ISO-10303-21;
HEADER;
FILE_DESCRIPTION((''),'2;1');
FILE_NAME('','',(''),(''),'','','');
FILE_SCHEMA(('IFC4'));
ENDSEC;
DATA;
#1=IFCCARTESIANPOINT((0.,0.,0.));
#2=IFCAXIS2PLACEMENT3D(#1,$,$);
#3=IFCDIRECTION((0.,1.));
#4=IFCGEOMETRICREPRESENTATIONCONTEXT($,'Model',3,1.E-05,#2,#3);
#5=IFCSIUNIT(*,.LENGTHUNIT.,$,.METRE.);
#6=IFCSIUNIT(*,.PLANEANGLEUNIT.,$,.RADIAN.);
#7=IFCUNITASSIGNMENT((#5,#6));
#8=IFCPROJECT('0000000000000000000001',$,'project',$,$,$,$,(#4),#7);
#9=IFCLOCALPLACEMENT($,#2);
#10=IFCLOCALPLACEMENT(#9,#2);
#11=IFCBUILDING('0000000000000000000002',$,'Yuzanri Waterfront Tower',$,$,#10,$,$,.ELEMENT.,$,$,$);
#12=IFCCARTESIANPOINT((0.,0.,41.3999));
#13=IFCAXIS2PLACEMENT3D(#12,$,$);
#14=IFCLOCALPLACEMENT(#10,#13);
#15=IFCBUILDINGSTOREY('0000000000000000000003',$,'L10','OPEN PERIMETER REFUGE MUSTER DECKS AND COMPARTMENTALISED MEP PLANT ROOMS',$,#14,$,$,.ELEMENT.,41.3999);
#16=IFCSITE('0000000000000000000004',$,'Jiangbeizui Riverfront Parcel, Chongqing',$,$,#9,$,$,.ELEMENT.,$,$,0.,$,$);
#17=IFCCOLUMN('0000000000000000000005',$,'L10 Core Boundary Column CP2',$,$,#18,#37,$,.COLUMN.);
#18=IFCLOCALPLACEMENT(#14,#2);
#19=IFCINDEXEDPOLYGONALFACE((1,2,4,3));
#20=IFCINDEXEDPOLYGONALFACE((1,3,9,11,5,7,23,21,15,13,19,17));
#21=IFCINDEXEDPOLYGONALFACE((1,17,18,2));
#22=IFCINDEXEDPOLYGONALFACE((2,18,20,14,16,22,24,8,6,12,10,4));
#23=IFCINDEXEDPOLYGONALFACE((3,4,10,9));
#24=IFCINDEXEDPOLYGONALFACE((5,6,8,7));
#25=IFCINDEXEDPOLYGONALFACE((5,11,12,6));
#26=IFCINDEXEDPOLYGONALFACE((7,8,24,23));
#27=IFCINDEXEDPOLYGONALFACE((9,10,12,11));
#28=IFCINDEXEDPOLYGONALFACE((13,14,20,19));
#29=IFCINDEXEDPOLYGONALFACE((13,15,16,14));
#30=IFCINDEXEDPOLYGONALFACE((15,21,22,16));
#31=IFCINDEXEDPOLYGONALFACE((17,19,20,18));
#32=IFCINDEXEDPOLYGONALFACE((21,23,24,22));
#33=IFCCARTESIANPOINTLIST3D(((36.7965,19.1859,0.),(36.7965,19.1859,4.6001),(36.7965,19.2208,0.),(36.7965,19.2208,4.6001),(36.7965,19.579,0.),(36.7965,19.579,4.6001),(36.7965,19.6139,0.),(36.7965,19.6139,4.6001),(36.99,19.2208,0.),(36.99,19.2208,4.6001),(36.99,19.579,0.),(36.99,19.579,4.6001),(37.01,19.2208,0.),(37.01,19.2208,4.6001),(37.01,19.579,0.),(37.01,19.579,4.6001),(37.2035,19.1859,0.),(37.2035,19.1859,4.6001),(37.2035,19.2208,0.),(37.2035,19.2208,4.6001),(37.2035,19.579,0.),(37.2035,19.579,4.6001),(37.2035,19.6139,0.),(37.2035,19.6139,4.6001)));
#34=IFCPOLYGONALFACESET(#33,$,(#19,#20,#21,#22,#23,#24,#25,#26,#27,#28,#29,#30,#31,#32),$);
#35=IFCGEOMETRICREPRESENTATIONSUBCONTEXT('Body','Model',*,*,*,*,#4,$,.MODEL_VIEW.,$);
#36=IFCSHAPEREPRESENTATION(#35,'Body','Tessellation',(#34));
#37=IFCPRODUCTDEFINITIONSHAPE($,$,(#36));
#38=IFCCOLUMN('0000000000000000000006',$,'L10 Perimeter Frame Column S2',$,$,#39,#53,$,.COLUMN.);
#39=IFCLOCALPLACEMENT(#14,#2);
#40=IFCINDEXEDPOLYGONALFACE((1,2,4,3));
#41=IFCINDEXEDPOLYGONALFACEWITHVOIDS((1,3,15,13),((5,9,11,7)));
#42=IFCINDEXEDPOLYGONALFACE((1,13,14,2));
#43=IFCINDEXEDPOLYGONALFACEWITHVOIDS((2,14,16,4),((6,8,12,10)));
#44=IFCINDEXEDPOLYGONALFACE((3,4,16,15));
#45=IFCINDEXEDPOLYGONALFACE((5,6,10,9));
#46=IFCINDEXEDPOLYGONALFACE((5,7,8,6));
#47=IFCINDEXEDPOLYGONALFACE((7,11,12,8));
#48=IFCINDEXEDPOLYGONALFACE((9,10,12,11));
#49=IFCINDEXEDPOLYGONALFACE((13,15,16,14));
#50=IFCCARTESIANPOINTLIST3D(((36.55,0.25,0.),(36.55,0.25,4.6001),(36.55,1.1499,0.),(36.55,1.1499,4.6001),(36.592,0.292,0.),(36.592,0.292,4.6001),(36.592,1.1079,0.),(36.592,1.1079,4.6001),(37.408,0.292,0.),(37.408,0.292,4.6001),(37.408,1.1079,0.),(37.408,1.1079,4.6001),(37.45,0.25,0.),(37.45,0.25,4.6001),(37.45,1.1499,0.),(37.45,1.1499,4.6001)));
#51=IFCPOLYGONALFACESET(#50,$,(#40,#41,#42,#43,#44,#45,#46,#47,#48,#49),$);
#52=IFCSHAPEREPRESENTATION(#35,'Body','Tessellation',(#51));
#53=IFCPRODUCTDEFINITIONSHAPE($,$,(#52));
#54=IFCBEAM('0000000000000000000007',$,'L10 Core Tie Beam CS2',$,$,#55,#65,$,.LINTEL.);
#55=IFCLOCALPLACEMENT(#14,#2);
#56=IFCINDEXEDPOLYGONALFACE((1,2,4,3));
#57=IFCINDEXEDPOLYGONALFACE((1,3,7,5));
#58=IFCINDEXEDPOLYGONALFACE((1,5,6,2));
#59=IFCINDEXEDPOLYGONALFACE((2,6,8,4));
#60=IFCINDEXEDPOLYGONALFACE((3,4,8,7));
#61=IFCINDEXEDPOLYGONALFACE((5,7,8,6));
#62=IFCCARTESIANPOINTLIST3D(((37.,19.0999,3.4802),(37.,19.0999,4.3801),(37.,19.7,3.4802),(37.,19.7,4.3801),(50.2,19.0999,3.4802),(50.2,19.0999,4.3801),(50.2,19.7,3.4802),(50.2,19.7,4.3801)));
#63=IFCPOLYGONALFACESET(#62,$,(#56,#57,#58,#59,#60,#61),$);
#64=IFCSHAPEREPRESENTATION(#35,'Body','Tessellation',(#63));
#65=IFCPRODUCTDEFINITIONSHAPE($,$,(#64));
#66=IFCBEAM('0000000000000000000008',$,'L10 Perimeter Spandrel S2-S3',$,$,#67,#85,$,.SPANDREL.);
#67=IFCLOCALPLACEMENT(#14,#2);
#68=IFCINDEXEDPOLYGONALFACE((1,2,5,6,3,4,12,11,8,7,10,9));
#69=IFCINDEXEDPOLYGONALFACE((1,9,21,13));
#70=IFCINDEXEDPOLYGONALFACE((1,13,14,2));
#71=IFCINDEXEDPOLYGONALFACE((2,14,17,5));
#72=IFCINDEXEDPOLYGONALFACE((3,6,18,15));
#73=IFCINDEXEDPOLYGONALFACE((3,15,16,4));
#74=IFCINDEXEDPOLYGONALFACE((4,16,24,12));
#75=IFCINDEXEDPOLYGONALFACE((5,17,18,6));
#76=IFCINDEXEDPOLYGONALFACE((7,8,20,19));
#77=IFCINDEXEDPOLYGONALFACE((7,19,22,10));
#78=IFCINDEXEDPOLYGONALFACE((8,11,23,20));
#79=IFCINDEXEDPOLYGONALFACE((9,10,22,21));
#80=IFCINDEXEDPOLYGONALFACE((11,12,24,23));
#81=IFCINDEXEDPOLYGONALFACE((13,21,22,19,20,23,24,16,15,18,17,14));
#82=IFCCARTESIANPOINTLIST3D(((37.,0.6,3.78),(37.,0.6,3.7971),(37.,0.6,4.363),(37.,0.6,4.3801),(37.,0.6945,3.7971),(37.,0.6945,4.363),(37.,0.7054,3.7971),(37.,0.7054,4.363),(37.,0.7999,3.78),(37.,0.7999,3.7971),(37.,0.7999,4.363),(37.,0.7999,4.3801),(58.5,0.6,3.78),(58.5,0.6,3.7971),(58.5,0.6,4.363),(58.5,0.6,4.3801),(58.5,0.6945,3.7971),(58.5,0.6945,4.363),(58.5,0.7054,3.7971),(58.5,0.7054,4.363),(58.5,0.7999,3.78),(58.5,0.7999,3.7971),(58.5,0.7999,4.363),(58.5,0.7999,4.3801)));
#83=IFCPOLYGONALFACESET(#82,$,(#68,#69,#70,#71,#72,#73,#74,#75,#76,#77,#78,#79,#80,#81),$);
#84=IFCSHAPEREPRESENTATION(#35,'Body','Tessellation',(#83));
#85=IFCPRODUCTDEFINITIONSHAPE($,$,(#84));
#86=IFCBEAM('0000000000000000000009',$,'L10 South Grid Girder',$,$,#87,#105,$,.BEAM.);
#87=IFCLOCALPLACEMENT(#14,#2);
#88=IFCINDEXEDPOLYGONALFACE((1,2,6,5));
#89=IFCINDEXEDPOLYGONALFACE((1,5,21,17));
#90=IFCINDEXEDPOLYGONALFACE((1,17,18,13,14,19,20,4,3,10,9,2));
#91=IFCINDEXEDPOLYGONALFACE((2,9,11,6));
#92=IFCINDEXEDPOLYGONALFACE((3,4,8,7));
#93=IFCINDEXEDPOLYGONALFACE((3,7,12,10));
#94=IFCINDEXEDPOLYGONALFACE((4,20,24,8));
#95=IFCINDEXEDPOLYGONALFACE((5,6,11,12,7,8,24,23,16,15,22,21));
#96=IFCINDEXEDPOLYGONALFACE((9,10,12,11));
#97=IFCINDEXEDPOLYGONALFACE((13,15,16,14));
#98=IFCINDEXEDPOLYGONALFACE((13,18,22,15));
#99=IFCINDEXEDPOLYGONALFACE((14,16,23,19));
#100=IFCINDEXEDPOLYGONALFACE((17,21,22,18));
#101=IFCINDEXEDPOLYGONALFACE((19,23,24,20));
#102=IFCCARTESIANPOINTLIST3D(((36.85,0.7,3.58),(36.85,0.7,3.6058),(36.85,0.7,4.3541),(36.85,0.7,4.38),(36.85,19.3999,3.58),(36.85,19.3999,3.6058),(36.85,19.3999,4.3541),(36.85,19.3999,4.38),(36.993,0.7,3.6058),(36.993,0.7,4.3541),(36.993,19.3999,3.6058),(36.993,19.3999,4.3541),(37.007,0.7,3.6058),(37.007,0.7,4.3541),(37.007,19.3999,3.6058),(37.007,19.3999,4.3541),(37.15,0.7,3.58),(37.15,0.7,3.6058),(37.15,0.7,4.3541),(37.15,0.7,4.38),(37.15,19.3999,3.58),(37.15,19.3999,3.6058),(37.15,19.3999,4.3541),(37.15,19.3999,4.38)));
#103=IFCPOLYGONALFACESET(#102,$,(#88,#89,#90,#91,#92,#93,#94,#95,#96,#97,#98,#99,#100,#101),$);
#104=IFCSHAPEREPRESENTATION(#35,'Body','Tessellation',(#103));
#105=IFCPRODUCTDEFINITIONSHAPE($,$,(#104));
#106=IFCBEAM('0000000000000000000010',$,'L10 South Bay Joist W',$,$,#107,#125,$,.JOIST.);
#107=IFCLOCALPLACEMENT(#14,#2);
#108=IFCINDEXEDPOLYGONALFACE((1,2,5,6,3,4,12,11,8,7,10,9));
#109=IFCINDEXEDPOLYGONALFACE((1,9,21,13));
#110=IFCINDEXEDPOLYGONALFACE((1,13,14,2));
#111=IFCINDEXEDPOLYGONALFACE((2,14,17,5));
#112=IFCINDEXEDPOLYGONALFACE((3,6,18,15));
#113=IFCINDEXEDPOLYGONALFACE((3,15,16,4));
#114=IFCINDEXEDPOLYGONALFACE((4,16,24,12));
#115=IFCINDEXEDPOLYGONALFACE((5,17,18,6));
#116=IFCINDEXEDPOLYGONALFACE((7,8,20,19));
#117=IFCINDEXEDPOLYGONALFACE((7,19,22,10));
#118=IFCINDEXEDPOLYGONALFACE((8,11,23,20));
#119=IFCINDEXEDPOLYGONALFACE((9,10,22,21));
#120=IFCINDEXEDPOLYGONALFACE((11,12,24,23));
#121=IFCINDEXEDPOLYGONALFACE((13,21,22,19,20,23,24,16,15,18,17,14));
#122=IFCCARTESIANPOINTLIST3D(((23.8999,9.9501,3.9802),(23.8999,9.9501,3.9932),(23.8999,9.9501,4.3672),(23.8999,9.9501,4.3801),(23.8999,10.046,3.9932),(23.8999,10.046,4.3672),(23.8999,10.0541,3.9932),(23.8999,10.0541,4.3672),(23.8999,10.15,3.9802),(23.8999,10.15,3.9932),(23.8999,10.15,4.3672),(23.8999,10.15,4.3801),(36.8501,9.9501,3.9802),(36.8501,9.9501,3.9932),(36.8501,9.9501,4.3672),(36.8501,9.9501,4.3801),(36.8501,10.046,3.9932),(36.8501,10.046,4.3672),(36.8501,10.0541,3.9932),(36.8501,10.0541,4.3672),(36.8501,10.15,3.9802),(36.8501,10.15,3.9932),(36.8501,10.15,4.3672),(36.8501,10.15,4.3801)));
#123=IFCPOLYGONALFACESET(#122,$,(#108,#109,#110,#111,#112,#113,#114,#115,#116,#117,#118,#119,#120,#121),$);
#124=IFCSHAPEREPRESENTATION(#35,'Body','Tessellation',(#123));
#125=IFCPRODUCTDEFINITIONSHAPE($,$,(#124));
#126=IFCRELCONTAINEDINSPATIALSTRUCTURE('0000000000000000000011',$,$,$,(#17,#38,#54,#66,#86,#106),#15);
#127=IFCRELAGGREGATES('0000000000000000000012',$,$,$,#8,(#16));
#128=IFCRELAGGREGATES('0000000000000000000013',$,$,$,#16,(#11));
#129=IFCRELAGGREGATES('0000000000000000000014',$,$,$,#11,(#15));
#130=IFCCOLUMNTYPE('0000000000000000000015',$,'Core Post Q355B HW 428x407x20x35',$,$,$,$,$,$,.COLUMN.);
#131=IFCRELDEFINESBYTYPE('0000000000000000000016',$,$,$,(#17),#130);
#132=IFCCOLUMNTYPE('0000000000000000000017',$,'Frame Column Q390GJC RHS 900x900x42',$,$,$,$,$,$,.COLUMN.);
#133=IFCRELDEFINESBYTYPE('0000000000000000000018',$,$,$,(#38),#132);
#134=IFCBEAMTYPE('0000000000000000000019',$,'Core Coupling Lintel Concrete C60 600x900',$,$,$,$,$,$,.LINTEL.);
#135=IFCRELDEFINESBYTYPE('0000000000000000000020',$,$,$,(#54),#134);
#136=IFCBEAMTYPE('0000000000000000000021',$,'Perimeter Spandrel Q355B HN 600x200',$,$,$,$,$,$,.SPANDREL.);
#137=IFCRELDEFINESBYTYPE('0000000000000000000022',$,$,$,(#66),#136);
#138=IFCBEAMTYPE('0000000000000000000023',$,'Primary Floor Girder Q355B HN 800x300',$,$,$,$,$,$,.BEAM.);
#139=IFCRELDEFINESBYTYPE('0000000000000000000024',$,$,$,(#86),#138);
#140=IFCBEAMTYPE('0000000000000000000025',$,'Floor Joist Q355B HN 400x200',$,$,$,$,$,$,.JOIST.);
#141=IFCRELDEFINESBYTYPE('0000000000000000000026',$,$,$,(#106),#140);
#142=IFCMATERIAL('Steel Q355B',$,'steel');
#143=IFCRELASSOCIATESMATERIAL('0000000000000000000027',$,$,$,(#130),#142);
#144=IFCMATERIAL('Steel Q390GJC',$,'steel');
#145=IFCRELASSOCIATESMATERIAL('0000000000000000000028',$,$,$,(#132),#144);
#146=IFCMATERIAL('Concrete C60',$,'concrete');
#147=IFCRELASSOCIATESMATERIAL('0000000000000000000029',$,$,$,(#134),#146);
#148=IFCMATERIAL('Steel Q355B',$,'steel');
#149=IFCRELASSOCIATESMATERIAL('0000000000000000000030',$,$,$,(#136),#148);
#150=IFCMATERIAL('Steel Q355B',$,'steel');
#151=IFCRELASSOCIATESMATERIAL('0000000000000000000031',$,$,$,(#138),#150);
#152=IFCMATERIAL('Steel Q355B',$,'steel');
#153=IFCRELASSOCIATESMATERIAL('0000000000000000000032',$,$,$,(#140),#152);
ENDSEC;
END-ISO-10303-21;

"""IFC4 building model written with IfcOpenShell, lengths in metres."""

from ifc_helpers import new_model, si_unit, direction, frame, origin, origin_2d, place, context, subcontext, project, spatial, rectangle, hollow_rectangle, i_section, extrude, source, transform, mapped, material, material_profile, profile_set, type_object, element, save


model = new_model("IFC4")

# Units and contexts
model_context = context("Model", 3, precision=1e-05, world=origin(), true_north=direction((0.0, 1.0)))
body_context = subcontext(model_context, "Body", "Model", "MODEL_VIEW")
ifc_project = project(units=[si_unit("LENGTHUNIT", "METRE"), si_unit("PLANEANGLEUNIT", "RADIAN")], contexts=[model_context])

# Site, building, storey
site_placement = place(None, origin())
site = spatial("IfcSite", under=ifc_project, at=site_placement, Name="Jiangbeizui Riverfront Parcel, Chongqing", CompositionType="ELEMENT", RefElevation=0.0)
building_placement = place(site_placement, origin())
building = spatial("IfcBuilding", under=site, at=building_placement, Name="Yuzanri Waterfront Tower", CompositionType="ELEMENT")
storey_placement = place(building_placement, frame((0.0, 0.0, 41.3999)))
storey = spatial("IfcBuildingStorey", under=building, at=storey_placement, Name="L10", Description="OPEN PERIMETER REFUGE MUSTER DECKS AND COMPARTMENTALISED MEP PLANT ROOMS", CompositionType="ELEMENT", Elevation=41.3999)

# Columns
ifc_material_1 = material(Name="Steel Q355B", Category="steel")
ifc_material_profile_1 = material_profile(ifc_material_1, i_section(OverallWidth=0.407, OverallDepth=0.428, WebThickness=0.02, FlangeThickness=0.0349, at=origin_2d()), Name="HW 428x407x20x35")
ifc_profile_set_1 = profile_set([ifc_material_profile_1], Name="Steel Q355B")
column_type_1 = type_object("IfcColumnType", Name="Core Post Q355B HW 428x407x20x35", PredefinedType="COLUMN", material=ifc_profile_set_1)
shared_shape_1 = source(origin(), body_context, "Body", "SweptSolid", [
    extrude(i_section(OverallWidth=0.407, OverallDepth=0.428, WebThickness=0.02, FlangeThickness=0.0349, at=origin_2d()), origin(), (0.0, 0.0, 1.0), 4.6001),
])
column_1_placement = place(storey_placement, frame((37.0, 19.3999, 0.0), z_axis=(0.0, 0.0, 1.0), x_axis=(1.0, 0.0, 0.0)))
element("IfcColumn", 1, at=column_1_placement, inside=storey, type_object=column_type_1, Name="L10 Core Boundary Column CP2", PredefinedType="COLUMN", context=body_context, shape_type="MappedRepresentation", body=[
    mapped(shared_shape_1, transform((0.0, 0.0, 0.0), scale=1.0)),
])
ifc_material_2 = material(Name="Steel Q390GJC", Category="steel")
ifc_material_profile_2 = material_profile(ifc_material_2, hollow_rectangle(XDim=0.8999, YDim=0.8999, WallThickness=0.042, at=origin_2d()), Name="RHS 900x900x42")
ifc_profile_set_2 = profile_set([ifc_material_profile_2], Name="Steel Q390GJC")
column_type_2 = type_object("IfcColumnType", Name="Frame Column Q390GJC RHS 900x900x42", PredefinedType="COLUMN", material=ifc_profile_set_2)
shared_shape_2 = source(origin(), body_context, "Body", "SweptSolid", [
    extrude(hollow_rectangle(XDim=0.8999, YDim=0.8999, WallThickness=0.042, at=origin_2d()), origin(), (0.0, 0.0, 1.0), 4.6001),
])
column_2_placement = place(storey_placement, frame((37.0, 0.7, 0.0), z_axis=(0.0, 0.0, 1.0), x_axis=(1.0, 0.0, 0.0)))
element("IfcColumn", 2, at=column_2_placement, inside=storey, type_object=column_type_2, Name="L10 Perimeter Frame Column S2", PredefinedType="COLUMN", context=body_context, shape_type="MappedRepresentation", body=[
    mapped(shared_shape_2, transform((0.0, 0.0, 0.0), scale=1.0)),
])

# Beams
ifc_material_3 = material(Name="Concrete C60", Category="concrete")
ifc_material_profile_3 = material_profile(ifc_material_3, rectangle(XDim=0.6001, YDim=0.8999, at=origin_2d()), Name="RC 600x900")
ifc_profile_set_3 = profile_set([ifc_material_profile_3], Name="Concrete C60")
beam_type_1 = type_object("IfcBeamType", Name="Core Coupling Lintel Concrete C60 600x900", PredefinedType="LINTEL", material=ifc_profile_set_3)
shared_shape_3 = source(origin(), body_context, "Body", "SweptSolid", [
    extrude(rectangle(XDim=0.6001, YDim=0.8999, at=origin_2d()), origin(), (0.0, 0.0, 1.0), 13.2),
])
beam_1_placement = place(storey_placement, frame((37.0, 19.3999, 3.9302), z_axis=(1.0, 0.0, 0.0), x_axis=(0.0, 1.0, 0.0)))
element("IfcBeam", 3, at=beam_1_placement, inside=storey, type_object=beam_type_1, Name="L10 Core Tie Beam CS2", PredefinedType="LINTEL", context=body_context, shape_type="MappedRepresentation", body=[
    mapped(shared_shape_3, transform((0.0, 0.0, 0.0), scale=1.0)),
])
ifc_material_4 = material(Name="Steel Q355B", Category="steel")
ifc_material_profile_4 = material_profile(ifc_material_4, i_section(OverallWidth=0.2, OverallDepth=0.6001, WebThickness=0.011, FlangeThickness=0.0171, at=origin_2d()), Name="HN 600x200x11x17")
ifc_profile_set_4 = profile_set([ifc_material_profile_4], Name="Steel Q355B")
beam_type_2 = type_object("IfcBeamType", Name="Perimeter Spandrel Q355B HN 600x200", PredefinedType="SPANDREL", material=ifc_profile_set_4)
shared_shape_4 = source(origin(), body_context, "Body", "SweptSolid", [
    extrude(i_section(OverallWidth=0.2, OverallDepth=0.6001, WebThickness=0.011, FlangeThickness=0.0171, at=origin_2d()), origin(), (0.0, 0.0, 1.0), 21.5),
])
beam_2_placement = place(storey_placement, frame((37.0, 0.7, 4.0801), z_axis=(1.0, 0.0, 0.0), x_axis=(0.0, 1.0, 0.0)))
element("IfcBeam", 4, at=beam_2_placement, inside=storey, type_object=beam_type_2, Name="L10 Perimeter Spandrel S2-S3", PredefinedType="SPANDREL", context=body_context, shape_type="MappedRepresentation", body=[
    mapped(shared_shape_4, transform((0.0, 0.0, 0.0), scale=1.0)),
])
ifc_material_5 = material(Name="Steel Q355B", Category="steel")
ifc_material_profile_5 = material_profile(ifc_material_5, i_section(OverallWidth=0.3, OverallDepth=0.8, WebThickness=0.0139, FlangeThickness=0.0259, at=origin_2d()), Name="HN 800x300x14x26")
ifc_profile_set_5 = profile_set([ifc_material_profile_5], Name="Steel Q355B")
beam_type_3 = type_object("IfcBeamType", Name="Primary Floor Girder Q355B HN 800x300", PredefinedType="BEAM", material=ifc_profile_set_5)
shared_shape_5 = source(origin(), body_context, "Body", "SweptSolid", [
    extrude(i_section(OverallWidth=0.3, OverallDepth=0.8, WebThickness=0.0139, FlangeThickness=0.0259, at=origin_2d()), origin(), (0.0, 0.0, 1.0), 18.7),
])
beam_3_placement = place(storey_placement, frame((37.0, 19.3999, 3.98), z_axis=(0.0, -1.0, 0.0), x_axis=(1.0, 0.0, 0.0)))
element("IfcBeam", 5, at=beam_3_placement, inside=storey, type_object=beam_type_3, Name="L10 South Grid Girder", PredefinedType="BEAM", context=body_context, shape_type="MappedRepresentation", body=[
    mapped(shared_shape_5, transform((0.0, 0.0, 0.0), scale=1.0)),
])
ifc_material_6 = material(Name="Steel Q355B", Category="steel")
ifc_material_profile_6 = material_profile(ifc_material_6, i_section(OverallWidth=0.2, OverallDepth=0.3999, WebThickness=0.0081, FlangeThickness=0.0129, at=origin_2d()), Name="HN 400x200x8x13")
ifc_profile_set_6 = profile_set([ifc_material_profile_6], Name="Steel Q355B")
beam_type_4 = type_object("IfcBeamType", Name="Floor Joist Q355B HN 400x200", PredefinedType="JOIST", material=ifc_profile_set_6)
shared_shape_6 = source(origin(), body_context, "Body", "SweptSolid", [
    extrude(i_section(OverallWidth=0.2, OverallDepth=0.3999, WebThickness=0.0081, FlangeThickness=0.0129, at=origin_2d()), origin(), (0.0, 0.0, 1.0), 12.9502),
])
beam_4_placement = place(storey_placement, frame((23.8999, 10.05, 4.1802), z_axis=(1.0, 0.0, 0.0), x_axis=(0.0, 1.0, 0.0)))
element("IfcBeam", 6, at=beam_4_placement, inside=storey, type_object=beam_type_4, Name="L10 South Bay Joist W", PredefinedType="JOIST", context=body_context, shape_type="MappedRepresentation", body=[
    mapped(shared_shape_6, transform((0.0, 0.0, 0.0), scale=1.0)),
])

save(model, "model.ifc")
